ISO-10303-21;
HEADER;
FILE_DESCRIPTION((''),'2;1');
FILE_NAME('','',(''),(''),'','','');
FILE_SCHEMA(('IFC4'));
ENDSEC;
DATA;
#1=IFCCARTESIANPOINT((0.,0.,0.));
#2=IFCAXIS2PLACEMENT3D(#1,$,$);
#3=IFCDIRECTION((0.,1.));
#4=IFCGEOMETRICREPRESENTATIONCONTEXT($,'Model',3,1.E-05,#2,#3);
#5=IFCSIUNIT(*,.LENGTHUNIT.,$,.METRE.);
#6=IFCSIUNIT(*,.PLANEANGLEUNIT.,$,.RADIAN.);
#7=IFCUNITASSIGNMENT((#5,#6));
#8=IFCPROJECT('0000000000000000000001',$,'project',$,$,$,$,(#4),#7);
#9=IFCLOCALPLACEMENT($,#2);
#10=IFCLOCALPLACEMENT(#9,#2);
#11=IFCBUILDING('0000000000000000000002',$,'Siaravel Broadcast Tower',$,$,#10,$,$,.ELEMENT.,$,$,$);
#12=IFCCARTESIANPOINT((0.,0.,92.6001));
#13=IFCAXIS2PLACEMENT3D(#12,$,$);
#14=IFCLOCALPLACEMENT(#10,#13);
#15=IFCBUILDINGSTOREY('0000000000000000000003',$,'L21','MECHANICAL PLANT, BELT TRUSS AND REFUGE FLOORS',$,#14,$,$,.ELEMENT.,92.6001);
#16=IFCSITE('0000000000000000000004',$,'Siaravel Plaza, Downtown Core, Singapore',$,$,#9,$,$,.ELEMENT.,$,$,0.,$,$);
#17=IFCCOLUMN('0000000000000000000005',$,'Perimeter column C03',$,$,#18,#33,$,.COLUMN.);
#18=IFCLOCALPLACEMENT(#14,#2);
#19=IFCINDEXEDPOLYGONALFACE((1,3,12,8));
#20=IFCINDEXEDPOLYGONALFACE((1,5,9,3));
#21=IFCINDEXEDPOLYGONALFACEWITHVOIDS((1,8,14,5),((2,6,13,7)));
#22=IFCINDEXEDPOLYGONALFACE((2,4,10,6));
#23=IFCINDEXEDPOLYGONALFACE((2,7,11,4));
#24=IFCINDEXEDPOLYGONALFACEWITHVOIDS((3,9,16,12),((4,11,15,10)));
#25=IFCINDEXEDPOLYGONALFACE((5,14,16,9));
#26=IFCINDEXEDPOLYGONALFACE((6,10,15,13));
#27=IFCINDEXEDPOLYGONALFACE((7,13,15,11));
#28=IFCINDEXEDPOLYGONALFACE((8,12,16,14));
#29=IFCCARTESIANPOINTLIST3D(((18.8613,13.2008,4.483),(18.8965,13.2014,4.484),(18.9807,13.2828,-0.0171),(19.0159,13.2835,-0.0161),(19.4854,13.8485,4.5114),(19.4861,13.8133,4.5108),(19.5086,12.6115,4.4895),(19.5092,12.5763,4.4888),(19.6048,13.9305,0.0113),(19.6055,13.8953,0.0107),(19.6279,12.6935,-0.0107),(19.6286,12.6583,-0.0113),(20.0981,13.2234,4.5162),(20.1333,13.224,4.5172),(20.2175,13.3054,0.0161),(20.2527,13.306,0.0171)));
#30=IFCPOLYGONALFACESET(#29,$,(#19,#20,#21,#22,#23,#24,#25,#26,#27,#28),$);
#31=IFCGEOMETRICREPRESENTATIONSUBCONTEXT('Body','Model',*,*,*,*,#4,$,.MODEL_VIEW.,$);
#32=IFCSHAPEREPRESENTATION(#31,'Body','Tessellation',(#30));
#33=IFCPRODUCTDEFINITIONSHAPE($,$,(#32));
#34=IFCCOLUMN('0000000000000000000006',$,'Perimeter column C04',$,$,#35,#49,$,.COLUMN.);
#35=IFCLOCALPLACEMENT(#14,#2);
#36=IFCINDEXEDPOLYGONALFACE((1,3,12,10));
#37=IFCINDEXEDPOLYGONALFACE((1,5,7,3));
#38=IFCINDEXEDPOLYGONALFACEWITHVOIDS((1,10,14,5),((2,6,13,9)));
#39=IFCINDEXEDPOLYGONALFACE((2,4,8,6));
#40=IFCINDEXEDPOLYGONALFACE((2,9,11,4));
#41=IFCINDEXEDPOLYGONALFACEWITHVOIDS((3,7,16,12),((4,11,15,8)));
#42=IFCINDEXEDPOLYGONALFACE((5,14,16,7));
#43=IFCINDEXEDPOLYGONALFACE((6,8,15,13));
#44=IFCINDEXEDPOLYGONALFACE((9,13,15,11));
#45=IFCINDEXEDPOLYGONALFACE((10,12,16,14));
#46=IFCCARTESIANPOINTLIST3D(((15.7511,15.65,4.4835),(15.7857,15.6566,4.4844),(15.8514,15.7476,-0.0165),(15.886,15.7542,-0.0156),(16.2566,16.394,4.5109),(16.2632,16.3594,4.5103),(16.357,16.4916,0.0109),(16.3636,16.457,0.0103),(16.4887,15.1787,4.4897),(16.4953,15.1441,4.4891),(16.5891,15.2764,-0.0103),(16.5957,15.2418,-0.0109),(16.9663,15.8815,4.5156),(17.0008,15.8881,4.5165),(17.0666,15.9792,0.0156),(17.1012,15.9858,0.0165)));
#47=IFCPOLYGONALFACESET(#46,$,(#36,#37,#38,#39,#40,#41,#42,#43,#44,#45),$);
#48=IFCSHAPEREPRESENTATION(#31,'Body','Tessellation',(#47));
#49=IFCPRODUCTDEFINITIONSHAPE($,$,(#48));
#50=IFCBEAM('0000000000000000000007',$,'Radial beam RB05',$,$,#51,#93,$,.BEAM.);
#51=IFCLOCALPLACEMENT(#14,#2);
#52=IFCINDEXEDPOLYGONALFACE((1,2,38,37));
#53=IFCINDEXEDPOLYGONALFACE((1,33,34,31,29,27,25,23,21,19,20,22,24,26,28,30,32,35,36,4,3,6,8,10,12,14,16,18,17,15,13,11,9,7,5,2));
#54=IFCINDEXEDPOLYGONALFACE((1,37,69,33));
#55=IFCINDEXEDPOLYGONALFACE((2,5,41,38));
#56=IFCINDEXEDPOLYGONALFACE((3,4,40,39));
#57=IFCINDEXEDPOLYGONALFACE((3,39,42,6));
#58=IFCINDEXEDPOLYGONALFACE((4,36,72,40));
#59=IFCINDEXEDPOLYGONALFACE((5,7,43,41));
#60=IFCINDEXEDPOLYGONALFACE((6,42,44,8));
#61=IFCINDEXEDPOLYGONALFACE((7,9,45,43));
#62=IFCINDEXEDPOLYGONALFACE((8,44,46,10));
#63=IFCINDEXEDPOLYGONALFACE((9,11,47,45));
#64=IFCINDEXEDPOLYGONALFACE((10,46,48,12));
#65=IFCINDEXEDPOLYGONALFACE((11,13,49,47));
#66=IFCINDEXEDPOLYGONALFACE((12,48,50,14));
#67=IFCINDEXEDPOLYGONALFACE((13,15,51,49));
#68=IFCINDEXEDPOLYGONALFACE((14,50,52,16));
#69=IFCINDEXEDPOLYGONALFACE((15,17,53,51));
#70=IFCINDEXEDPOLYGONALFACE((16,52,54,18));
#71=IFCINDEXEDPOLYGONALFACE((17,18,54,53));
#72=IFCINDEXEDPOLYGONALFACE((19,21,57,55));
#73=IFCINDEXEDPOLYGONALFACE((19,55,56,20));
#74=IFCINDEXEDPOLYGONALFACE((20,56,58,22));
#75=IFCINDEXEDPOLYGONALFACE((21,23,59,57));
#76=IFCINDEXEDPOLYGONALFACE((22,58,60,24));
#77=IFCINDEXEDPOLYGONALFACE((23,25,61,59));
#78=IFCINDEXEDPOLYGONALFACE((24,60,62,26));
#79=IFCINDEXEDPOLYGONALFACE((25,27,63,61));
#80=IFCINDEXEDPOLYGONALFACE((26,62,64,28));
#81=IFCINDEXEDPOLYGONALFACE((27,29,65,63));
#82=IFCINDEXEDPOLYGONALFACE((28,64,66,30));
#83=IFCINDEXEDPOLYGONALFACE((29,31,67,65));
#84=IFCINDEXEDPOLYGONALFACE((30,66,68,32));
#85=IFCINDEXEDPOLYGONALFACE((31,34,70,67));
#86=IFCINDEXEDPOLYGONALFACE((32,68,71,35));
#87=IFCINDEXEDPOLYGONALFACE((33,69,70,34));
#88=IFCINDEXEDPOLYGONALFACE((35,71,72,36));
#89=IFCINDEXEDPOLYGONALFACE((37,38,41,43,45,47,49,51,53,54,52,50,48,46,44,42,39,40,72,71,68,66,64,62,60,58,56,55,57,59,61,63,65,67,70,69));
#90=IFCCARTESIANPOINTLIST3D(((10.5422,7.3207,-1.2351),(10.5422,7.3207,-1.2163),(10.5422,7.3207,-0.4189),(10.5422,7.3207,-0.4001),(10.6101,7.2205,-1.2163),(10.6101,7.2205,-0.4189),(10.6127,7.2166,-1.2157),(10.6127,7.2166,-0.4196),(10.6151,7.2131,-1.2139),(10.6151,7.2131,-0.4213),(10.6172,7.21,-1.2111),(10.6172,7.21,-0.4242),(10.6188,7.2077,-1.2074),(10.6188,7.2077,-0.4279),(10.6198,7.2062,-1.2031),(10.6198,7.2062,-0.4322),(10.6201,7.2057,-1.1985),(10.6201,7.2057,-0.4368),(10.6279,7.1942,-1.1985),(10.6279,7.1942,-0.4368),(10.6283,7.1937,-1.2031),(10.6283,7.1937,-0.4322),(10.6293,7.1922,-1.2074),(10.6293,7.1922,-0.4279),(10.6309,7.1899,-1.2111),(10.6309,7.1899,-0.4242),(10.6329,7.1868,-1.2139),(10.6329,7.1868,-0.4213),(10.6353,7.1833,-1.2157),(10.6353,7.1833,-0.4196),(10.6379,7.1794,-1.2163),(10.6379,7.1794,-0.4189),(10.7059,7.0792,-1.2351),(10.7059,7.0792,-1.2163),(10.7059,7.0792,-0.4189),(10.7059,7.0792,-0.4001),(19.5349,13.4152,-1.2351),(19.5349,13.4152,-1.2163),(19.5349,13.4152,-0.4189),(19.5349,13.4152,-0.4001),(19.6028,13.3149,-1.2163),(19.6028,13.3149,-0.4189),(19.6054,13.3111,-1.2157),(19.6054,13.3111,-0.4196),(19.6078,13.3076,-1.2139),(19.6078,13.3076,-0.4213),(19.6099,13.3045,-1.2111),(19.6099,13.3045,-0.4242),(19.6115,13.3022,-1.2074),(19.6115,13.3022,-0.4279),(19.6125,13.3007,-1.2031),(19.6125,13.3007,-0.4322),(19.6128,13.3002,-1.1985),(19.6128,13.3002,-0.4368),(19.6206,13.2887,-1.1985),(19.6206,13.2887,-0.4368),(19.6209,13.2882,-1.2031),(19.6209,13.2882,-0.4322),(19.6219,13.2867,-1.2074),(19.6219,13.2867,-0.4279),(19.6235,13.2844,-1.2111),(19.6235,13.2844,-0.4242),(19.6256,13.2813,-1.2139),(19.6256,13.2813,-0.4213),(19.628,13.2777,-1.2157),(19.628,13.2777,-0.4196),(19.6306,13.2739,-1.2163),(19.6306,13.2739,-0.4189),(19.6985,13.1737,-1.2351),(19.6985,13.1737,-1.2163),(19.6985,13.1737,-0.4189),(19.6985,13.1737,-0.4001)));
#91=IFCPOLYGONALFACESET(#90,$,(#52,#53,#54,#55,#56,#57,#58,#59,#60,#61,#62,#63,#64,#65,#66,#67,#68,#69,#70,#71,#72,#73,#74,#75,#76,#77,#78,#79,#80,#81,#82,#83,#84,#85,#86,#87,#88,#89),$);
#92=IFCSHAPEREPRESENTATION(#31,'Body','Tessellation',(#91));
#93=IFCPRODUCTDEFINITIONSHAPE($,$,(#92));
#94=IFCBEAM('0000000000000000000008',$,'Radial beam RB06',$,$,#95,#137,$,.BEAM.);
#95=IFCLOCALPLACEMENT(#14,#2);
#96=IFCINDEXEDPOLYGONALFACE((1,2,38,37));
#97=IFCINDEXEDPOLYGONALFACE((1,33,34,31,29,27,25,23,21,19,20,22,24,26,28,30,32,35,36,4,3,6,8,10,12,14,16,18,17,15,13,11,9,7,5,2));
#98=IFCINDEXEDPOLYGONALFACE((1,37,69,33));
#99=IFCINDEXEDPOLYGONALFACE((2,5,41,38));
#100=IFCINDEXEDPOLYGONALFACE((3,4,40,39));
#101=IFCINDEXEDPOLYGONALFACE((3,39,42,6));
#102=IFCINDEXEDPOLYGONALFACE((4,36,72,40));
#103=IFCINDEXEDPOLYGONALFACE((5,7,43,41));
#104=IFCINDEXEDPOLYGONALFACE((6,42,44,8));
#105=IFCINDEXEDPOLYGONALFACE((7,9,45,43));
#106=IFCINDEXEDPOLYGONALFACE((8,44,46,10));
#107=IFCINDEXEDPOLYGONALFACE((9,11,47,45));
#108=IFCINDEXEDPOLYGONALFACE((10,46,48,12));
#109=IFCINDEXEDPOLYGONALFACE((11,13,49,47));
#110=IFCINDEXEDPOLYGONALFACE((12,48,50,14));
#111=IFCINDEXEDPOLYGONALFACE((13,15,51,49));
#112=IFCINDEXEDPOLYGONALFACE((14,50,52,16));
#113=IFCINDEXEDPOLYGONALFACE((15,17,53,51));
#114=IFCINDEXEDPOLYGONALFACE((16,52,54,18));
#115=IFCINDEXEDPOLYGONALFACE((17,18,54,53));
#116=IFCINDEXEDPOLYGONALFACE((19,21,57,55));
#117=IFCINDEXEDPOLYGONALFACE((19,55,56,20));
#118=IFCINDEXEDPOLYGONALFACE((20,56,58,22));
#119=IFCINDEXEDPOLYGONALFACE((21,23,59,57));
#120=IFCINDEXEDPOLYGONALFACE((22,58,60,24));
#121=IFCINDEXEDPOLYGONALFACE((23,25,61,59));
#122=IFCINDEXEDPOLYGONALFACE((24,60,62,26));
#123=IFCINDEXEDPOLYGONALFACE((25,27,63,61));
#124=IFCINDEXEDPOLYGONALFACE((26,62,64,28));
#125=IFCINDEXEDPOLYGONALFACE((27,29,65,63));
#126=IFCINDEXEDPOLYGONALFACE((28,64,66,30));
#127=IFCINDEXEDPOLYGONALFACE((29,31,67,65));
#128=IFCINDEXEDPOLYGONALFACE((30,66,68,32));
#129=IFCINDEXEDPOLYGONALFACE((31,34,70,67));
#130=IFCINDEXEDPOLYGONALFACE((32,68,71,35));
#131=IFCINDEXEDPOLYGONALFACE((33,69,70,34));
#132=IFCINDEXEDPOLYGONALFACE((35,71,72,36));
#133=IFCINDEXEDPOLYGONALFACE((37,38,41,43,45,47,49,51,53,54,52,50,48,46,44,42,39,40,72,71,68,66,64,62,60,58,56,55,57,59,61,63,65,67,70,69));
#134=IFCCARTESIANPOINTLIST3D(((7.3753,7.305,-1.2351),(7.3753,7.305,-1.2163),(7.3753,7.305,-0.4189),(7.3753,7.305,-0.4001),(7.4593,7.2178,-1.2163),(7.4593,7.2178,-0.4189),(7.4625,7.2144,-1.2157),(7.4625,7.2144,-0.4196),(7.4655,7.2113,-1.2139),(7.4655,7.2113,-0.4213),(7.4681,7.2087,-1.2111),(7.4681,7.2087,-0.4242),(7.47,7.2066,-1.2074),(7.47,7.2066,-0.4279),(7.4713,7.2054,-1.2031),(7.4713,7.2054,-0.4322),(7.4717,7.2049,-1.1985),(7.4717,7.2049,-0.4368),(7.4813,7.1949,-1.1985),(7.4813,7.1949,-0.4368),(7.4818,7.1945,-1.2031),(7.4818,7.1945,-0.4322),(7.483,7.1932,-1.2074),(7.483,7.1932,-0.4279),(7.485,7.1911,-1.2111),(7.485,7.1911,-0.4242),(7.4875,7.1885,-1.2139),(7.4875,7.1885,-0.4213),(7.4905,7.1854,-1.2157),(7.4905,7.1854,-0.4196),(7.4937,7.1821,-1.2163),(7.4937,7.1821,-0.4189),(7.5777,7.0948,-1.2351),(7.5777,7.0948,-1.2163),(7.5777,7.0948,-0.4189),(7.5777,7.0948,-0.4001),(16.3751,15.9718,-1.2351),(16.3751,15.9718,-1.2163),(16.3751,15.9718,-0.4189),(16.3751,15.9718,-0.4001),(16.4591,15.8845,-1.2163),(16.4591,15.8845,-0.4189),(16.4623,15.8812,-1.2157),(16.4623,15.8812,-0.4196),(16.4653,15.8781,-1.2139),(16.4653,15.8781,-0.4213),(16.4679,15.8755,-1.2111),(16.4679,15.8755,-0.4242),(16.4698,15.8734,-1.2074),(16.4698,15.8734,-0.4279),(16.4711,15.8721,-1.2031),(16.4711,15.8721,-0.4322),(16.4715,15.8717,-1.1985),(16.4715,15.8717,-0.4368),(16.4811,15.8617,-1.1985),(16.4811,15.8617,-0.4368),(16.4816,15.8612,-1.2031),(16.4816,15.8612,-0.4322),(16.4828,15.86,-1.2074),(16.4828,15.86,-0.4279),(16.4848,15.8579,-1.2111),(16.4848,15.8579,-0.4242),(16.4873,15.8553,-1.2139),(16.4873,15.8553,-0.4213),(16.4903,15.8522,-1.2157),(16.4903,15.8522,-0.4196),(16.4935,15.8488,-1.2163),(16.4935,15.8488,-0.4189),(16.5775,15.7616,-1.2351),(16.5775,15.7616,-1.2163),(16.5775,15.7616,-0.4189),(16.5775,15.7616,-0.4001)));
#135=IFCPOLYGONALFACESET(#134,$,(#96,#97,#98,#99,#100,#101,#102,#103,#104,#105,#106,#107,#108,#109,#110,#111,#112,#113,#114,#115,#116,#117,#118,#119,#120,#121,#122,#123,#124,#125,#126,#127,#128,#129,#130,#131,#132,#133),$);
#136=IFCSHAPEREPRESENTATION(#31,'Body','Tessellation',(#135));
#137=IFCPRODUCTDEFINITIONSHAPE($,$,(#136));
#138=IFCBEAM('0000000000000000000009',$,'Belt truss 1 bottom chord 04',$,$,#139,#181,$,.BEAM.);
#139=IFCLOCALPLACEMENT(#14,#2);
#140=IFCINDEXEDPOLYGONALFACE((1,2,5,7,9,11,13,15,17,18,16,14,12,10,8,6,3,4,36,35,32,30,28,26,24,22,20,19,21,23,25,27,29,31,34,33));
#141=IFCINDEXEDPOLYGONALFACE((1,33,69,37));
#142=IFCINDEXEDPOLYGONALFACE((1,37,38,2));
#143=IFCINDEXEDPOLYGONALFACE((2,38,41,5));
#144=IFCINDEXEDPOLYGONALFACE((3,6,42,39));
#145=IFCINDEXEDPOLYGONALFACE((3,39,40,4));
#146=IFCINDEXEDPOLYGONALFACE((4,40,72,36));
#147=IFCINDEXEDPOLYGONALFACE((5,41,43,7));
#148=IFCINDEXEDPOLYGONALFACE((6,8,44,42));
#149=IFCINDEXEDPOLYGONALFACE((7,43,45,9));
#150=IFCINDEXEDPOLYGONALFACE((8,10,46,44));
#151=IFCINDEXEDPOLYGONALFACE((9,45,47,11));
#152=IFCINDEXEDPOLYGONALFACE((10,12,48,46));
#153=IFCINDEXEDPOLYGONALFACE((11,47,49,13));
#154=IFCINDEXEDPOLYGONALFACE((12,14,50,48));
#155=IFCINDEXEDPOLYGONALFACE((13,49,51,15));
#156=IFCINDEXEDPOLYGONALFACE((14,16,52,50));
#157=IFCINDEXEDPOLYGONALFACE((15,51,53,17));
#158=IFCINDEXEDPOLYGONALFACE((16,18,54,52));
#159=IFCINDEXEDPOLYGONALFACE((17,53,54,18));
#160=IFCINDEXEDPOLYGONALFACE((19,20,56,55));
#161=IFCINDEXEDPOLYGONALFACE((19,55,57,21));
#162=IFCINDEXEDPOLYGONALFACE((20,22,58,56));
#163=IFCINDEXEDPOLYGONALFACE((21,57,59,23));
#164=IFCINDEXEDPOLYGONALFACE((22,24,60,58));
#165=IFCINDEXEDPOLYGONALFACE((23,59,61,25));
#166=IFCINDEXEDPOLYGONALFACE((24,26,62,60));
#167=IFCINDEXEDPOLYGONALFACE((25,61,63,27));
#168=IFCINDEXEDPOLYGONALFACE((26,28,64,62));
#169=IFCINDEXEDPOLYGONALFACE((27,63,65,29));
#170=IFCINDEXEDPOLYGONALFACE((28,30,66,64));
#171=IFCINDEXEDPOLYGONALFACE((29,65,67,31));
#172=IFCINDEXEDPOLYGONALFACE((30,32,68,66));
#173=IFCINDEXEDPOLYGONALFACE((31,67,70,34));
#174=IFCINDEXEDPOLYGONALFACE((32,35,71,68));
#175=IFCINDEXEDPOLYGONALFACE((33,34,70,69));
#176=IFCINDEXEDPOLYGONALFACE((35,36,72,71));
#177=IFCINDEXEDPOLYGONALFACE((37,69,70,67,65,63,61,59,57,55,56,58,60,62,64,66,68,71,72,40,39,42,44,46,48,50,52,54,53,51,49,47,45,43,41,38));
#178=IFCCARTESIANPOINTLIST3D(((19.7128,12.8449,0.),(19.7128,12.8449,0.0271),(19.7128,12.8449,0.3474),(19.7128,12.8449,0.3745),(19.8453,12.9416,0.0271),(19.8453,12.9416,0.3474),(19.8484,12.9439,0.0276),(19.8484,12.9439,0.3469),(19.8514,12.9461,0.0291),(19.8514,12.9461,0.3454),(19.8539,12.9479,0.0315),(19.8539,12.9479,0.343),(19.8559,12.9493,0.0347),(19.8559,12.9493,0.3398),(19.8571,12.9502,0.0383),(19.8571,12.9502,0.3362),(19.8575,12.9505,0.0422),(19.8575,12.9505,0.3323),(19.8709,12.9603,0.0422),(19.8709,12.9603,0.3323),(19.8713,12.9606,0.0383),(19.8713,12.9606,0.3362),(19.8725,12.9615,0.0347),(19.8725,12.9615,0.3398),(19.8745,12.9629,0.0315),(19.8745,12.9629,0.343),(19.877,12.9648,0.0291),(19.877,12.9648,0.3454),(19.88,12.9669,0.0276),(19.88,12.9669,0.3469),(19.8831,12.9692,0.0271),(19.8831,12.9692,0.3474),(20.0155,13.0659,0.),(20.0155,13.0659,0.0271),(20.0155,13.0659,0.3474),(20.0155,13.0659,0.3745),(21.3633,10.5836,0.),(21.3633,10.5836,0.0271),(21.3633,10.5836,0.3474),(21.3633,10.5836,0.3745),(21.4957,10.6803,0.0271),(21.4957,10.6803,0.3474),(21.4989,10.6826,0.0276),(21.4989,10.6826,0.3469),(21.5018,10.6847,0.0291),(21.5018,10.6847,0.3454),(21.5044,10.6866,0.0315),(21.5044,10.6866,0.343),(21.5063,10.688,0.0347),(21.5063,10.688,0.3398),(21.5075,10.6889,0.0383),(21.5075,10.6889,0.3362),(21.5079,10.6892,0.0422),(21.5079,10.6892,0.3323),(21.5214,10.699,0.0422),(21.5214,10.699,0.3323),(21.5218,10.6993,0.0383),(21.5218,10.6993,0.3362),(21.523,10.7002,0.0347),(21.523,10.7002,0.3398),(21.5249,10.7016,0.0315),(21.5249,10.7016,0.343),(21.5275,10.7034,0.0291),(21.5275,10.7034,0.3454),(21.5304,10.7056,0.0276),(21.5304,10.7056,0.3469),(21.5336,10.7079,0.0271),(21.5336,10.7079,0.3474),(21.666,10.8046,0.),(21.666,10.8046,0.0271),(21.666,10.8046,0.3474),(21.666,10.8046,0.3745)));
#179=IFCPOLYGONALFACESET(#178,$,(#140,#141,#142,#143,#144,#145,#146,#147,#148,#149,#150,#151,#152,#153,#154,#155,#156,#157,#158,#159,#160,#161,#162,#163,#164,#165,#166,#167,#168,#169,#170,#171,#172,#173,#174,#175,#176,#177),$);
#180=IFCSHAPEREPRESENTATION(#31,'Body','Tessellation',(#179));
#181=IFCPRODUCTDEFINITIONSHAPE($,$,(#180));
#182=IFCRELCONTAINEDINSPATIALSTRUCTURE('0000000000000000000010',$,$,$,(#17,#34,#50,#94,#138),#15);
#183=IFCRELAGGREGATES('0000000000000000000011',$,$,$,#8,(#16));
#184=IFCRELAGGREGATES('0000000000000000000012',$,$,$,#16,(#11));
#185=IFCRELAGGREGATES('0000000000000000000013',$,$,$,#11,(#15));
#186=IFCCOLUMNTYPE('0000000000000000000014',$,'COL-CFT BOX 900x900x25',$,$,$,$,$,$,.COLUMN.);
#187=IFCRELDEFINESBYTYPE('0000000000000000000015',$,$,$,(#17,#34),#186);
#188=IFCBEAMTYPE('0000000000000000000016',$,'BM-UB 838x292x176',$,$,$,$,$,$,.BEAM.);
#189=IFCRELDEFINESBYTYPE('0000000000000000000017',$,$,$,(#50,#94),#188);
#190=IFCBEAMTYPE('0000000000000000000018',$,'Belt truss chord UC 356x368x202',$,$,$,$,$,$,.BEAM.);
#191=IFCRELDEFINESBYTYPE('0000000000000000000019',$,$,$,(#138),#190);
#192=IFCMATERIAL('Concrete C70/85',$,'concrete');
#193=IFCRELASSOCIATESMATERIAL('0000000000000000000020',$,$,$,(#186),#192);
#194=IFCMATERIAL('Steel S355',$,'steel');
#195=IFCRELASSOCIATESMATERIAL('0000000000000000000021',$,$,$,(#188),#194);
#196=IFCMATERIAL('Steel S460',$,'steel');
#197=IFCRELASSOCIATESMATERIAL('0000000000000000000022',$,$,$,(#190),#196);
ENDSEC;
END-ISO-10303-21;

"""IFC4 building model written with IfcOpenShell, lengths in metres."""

from ifc_helpers import new_model, si_unit, direction, frame, origin, origin_2d, place, context, subcontext, project, spatial, hollow_rectangle, i_section, extrude, material, material_profile, profile_set, type_object, element, save


model = new_model("IFC4")

# Units and contexts
model_context = context("Model", 3, precision=1e-05, world=origin(), true_north=direction((0.0, 1.0)))
body_context = subcontext(model_context, "Body", "Model", "MODEL_VIEW")
ifc_project = project(units=[si_unit("LENGTHUNIT", "METRE"), si_unit("PLANEANGLEUNIT", "RADIAN")], contexts=[model_context])

# Site, building, storey
site_placement = place(None, origin())
site = spatial("IfcSite", under=ifc_project, at=site_placement, Name="Siaravel Plaza, Downtown Core, Singapore", CompositionType="ELEMENT", RefElevation=0.0)
building_placement = place(site_placement, origin())
building = spatial("IfcBuilding", under=site, at=building_placement, Name="Siaravel Broadcast Tower", CompositionType="ELEMENT")
storey_placement = place(building_placement, frame((0.0, 0.0, 92.6001)))
storey = spatial("IfcBuildingStorey", under=building, at=storey_placement, Name="L21", Description="MECHANICAL PLANT, BELT TRUSS AND REFUGE FLOORS", CompositionType="ELEMENT", Elevation=92.6001)

# Columns
ifc_material_1 = material(Name="Concrete C70/85", Category="concrete")
ifc_material_profile_1 = material_profile(ifc_material_1, hollow_rectangle(XDim=0.8999, YDim=0.8999, WallThickness=0.0249, at=origin_2d()))
ifc_profile_set_1 = profile_set([ifc_material_profile_1], Name="Concrete C70/85")
column_type = type_object("IfcColumnType", Name="COL-CFT BOX 900x900x25", PredefinedType="COLUMN", material=ifc_profile_set_1)
column_1_placement = place(storey_placement, frame((19.6167, 13.2944, 0.0), z_axis=(-0.026516, -0.01822, 0.999482), x_axis=(0.719964, -0.693981, 0.00645)))
element("IfcColumn", 1, at=column_1_placement, inside=storey, type_object=column_type, Name="Perimeter column C03", PredefinedType="COLUMN", context=body_context, shape_type="SweptSolid", body=[
    extrude(hollow_rectangle(XDim=0.8999, YDim=0.8999, WallThickness=0.0249, at=origin_2d()), origin(), (0.0, 0.0, 1.0), 4.5024),
])
column_2_placement = place(storey_placement, frame((16.4763, 15.8667, 0.0), z_axis=(-0.022287, -0.021691, 0.999516), x_axis=(0.82702, -0.562138, 0.006242)))
element("IfcColumn", 2, at=column_2_placement, inside=storey, type_object=column_type, Name="Perimeter column C04", PredefinedType="COLUMN", context=body_context, shape_type="SweptSolid", body=[
    extrude(hollow_rectangle(XDim=0.8999, YDim=0.8999, WallThickness=0.0249, at=origin_2d()), origin(), (0.0, 0.0, 1.0), 4.5022),
])

# Beams
ifc_material_2 = material(Name="Steel S355", Category="steel")
ifc_material_profile_2 = material_profile(ifc_material_2, i_section(OverallWidth=0.2917, OverallDepth=0.835, WebThickness=0.0139, FlangeThickness=0.0188, FilletRadius=0.0178, at=origin_2d()))
ifc_profile_set_2 = profile_set([ifc_material_profile_2], Name="Steel S355")
beam_type_1 = type_object("IfcBeamType", Name="BM-UB 838x292x176", PredefinedType="BEAM", material=ifc_profile_set_2)
beam_1_placement = place(storey_placement, frame((19.6167, 13.2944, -0.8176), z_axis=(-0.827805, -0.561017, 0.0), x_axis=(0.561017, -0.827805, 0.0)))
element("IfcBeam", 3, at=beam_1_placement, inside=storey, type_object=beam_type_1, Name="Radial beam RB05", PredefinedType="BEAM", context=body_context, shape_type="SweptSolid", body=[
    extrude(i_section(OverallWidth=0.2917, OverallDepth=0.835, WebThickness=0.0139, FlangeThickness=0.0188, FilletRadius=0.0178, at=origin_2d()), origin(), (0.0, 0.0, 1.0), 10.8633),
])
beam_2_placement = place(storey_placement, frame((16.4763, 15.8667, -0.8176), z_axis=(-0.720308, -0.693655, 0.0), x_axis=(0.693655, -0.720308, 0.0)))
element("IfcBeam", 4, at=beam_2_placement, inside=storey, type_object=beam_type_1, Name="Radial beam RB06", PredefinedType="BEAM", context=body_context, shape_type="SweptSolid", body=[
    extrude(i_section(OverallWidth=0.2917, OverallDepth=0.835, WebThickness=0.0139, FlangeThickness=0.0188, FilletRadius=0.0178, at=origin_2d()), origin(), (0.0, 0.0, 1.0), 12.4944),
])
ifc_material_3 = material(Name="Steel S460", Category="steel")
ifc_material_profile_3 = material_profile(ifc_material_3, i_section(OverallWidth=0.3748, OverallDepth=0.3745, WebThickness=0.0166, FlangeThickness=0.0271, FilletRadius=0.0151, at=origin_2d()))
ifc_profile_set_3 = profile_set([ifc_material_profile_3], Name="Steel S460")
beam_type_2 = type_object("IfcBeamType", Name="Belt truss chord UC 356x368x202", PredefinedType="BEAM", material=ifc_profile_set_3)
beam_3_placement = place(storey_placement, frame((21.5146, 10.6941, 0.1873), z_axis=(-0.58954, 0.807739, 0.0), x_axis=(-0.807739, -0.58954, 0.0)))
element("IfcBeam", 5, at=beam_3_placement, inside=storey, type_object=beam_type_2, Name="Belt truss 1 bottom chord 04", PredefinedType="BEAM", context=body_context, shape_type="SweptSolid", body=[
    extrude(i_section(OverallWidth=0.3748, OverallDepth=0.3745, WebThickness=0.0166, FlangeThickness=0.0271, FilletRadius=0.0151, at=origin_2d()), origin(), (0.0, 0.0, 1.0), 2.7996),
])

save(model, "model.ifc")
